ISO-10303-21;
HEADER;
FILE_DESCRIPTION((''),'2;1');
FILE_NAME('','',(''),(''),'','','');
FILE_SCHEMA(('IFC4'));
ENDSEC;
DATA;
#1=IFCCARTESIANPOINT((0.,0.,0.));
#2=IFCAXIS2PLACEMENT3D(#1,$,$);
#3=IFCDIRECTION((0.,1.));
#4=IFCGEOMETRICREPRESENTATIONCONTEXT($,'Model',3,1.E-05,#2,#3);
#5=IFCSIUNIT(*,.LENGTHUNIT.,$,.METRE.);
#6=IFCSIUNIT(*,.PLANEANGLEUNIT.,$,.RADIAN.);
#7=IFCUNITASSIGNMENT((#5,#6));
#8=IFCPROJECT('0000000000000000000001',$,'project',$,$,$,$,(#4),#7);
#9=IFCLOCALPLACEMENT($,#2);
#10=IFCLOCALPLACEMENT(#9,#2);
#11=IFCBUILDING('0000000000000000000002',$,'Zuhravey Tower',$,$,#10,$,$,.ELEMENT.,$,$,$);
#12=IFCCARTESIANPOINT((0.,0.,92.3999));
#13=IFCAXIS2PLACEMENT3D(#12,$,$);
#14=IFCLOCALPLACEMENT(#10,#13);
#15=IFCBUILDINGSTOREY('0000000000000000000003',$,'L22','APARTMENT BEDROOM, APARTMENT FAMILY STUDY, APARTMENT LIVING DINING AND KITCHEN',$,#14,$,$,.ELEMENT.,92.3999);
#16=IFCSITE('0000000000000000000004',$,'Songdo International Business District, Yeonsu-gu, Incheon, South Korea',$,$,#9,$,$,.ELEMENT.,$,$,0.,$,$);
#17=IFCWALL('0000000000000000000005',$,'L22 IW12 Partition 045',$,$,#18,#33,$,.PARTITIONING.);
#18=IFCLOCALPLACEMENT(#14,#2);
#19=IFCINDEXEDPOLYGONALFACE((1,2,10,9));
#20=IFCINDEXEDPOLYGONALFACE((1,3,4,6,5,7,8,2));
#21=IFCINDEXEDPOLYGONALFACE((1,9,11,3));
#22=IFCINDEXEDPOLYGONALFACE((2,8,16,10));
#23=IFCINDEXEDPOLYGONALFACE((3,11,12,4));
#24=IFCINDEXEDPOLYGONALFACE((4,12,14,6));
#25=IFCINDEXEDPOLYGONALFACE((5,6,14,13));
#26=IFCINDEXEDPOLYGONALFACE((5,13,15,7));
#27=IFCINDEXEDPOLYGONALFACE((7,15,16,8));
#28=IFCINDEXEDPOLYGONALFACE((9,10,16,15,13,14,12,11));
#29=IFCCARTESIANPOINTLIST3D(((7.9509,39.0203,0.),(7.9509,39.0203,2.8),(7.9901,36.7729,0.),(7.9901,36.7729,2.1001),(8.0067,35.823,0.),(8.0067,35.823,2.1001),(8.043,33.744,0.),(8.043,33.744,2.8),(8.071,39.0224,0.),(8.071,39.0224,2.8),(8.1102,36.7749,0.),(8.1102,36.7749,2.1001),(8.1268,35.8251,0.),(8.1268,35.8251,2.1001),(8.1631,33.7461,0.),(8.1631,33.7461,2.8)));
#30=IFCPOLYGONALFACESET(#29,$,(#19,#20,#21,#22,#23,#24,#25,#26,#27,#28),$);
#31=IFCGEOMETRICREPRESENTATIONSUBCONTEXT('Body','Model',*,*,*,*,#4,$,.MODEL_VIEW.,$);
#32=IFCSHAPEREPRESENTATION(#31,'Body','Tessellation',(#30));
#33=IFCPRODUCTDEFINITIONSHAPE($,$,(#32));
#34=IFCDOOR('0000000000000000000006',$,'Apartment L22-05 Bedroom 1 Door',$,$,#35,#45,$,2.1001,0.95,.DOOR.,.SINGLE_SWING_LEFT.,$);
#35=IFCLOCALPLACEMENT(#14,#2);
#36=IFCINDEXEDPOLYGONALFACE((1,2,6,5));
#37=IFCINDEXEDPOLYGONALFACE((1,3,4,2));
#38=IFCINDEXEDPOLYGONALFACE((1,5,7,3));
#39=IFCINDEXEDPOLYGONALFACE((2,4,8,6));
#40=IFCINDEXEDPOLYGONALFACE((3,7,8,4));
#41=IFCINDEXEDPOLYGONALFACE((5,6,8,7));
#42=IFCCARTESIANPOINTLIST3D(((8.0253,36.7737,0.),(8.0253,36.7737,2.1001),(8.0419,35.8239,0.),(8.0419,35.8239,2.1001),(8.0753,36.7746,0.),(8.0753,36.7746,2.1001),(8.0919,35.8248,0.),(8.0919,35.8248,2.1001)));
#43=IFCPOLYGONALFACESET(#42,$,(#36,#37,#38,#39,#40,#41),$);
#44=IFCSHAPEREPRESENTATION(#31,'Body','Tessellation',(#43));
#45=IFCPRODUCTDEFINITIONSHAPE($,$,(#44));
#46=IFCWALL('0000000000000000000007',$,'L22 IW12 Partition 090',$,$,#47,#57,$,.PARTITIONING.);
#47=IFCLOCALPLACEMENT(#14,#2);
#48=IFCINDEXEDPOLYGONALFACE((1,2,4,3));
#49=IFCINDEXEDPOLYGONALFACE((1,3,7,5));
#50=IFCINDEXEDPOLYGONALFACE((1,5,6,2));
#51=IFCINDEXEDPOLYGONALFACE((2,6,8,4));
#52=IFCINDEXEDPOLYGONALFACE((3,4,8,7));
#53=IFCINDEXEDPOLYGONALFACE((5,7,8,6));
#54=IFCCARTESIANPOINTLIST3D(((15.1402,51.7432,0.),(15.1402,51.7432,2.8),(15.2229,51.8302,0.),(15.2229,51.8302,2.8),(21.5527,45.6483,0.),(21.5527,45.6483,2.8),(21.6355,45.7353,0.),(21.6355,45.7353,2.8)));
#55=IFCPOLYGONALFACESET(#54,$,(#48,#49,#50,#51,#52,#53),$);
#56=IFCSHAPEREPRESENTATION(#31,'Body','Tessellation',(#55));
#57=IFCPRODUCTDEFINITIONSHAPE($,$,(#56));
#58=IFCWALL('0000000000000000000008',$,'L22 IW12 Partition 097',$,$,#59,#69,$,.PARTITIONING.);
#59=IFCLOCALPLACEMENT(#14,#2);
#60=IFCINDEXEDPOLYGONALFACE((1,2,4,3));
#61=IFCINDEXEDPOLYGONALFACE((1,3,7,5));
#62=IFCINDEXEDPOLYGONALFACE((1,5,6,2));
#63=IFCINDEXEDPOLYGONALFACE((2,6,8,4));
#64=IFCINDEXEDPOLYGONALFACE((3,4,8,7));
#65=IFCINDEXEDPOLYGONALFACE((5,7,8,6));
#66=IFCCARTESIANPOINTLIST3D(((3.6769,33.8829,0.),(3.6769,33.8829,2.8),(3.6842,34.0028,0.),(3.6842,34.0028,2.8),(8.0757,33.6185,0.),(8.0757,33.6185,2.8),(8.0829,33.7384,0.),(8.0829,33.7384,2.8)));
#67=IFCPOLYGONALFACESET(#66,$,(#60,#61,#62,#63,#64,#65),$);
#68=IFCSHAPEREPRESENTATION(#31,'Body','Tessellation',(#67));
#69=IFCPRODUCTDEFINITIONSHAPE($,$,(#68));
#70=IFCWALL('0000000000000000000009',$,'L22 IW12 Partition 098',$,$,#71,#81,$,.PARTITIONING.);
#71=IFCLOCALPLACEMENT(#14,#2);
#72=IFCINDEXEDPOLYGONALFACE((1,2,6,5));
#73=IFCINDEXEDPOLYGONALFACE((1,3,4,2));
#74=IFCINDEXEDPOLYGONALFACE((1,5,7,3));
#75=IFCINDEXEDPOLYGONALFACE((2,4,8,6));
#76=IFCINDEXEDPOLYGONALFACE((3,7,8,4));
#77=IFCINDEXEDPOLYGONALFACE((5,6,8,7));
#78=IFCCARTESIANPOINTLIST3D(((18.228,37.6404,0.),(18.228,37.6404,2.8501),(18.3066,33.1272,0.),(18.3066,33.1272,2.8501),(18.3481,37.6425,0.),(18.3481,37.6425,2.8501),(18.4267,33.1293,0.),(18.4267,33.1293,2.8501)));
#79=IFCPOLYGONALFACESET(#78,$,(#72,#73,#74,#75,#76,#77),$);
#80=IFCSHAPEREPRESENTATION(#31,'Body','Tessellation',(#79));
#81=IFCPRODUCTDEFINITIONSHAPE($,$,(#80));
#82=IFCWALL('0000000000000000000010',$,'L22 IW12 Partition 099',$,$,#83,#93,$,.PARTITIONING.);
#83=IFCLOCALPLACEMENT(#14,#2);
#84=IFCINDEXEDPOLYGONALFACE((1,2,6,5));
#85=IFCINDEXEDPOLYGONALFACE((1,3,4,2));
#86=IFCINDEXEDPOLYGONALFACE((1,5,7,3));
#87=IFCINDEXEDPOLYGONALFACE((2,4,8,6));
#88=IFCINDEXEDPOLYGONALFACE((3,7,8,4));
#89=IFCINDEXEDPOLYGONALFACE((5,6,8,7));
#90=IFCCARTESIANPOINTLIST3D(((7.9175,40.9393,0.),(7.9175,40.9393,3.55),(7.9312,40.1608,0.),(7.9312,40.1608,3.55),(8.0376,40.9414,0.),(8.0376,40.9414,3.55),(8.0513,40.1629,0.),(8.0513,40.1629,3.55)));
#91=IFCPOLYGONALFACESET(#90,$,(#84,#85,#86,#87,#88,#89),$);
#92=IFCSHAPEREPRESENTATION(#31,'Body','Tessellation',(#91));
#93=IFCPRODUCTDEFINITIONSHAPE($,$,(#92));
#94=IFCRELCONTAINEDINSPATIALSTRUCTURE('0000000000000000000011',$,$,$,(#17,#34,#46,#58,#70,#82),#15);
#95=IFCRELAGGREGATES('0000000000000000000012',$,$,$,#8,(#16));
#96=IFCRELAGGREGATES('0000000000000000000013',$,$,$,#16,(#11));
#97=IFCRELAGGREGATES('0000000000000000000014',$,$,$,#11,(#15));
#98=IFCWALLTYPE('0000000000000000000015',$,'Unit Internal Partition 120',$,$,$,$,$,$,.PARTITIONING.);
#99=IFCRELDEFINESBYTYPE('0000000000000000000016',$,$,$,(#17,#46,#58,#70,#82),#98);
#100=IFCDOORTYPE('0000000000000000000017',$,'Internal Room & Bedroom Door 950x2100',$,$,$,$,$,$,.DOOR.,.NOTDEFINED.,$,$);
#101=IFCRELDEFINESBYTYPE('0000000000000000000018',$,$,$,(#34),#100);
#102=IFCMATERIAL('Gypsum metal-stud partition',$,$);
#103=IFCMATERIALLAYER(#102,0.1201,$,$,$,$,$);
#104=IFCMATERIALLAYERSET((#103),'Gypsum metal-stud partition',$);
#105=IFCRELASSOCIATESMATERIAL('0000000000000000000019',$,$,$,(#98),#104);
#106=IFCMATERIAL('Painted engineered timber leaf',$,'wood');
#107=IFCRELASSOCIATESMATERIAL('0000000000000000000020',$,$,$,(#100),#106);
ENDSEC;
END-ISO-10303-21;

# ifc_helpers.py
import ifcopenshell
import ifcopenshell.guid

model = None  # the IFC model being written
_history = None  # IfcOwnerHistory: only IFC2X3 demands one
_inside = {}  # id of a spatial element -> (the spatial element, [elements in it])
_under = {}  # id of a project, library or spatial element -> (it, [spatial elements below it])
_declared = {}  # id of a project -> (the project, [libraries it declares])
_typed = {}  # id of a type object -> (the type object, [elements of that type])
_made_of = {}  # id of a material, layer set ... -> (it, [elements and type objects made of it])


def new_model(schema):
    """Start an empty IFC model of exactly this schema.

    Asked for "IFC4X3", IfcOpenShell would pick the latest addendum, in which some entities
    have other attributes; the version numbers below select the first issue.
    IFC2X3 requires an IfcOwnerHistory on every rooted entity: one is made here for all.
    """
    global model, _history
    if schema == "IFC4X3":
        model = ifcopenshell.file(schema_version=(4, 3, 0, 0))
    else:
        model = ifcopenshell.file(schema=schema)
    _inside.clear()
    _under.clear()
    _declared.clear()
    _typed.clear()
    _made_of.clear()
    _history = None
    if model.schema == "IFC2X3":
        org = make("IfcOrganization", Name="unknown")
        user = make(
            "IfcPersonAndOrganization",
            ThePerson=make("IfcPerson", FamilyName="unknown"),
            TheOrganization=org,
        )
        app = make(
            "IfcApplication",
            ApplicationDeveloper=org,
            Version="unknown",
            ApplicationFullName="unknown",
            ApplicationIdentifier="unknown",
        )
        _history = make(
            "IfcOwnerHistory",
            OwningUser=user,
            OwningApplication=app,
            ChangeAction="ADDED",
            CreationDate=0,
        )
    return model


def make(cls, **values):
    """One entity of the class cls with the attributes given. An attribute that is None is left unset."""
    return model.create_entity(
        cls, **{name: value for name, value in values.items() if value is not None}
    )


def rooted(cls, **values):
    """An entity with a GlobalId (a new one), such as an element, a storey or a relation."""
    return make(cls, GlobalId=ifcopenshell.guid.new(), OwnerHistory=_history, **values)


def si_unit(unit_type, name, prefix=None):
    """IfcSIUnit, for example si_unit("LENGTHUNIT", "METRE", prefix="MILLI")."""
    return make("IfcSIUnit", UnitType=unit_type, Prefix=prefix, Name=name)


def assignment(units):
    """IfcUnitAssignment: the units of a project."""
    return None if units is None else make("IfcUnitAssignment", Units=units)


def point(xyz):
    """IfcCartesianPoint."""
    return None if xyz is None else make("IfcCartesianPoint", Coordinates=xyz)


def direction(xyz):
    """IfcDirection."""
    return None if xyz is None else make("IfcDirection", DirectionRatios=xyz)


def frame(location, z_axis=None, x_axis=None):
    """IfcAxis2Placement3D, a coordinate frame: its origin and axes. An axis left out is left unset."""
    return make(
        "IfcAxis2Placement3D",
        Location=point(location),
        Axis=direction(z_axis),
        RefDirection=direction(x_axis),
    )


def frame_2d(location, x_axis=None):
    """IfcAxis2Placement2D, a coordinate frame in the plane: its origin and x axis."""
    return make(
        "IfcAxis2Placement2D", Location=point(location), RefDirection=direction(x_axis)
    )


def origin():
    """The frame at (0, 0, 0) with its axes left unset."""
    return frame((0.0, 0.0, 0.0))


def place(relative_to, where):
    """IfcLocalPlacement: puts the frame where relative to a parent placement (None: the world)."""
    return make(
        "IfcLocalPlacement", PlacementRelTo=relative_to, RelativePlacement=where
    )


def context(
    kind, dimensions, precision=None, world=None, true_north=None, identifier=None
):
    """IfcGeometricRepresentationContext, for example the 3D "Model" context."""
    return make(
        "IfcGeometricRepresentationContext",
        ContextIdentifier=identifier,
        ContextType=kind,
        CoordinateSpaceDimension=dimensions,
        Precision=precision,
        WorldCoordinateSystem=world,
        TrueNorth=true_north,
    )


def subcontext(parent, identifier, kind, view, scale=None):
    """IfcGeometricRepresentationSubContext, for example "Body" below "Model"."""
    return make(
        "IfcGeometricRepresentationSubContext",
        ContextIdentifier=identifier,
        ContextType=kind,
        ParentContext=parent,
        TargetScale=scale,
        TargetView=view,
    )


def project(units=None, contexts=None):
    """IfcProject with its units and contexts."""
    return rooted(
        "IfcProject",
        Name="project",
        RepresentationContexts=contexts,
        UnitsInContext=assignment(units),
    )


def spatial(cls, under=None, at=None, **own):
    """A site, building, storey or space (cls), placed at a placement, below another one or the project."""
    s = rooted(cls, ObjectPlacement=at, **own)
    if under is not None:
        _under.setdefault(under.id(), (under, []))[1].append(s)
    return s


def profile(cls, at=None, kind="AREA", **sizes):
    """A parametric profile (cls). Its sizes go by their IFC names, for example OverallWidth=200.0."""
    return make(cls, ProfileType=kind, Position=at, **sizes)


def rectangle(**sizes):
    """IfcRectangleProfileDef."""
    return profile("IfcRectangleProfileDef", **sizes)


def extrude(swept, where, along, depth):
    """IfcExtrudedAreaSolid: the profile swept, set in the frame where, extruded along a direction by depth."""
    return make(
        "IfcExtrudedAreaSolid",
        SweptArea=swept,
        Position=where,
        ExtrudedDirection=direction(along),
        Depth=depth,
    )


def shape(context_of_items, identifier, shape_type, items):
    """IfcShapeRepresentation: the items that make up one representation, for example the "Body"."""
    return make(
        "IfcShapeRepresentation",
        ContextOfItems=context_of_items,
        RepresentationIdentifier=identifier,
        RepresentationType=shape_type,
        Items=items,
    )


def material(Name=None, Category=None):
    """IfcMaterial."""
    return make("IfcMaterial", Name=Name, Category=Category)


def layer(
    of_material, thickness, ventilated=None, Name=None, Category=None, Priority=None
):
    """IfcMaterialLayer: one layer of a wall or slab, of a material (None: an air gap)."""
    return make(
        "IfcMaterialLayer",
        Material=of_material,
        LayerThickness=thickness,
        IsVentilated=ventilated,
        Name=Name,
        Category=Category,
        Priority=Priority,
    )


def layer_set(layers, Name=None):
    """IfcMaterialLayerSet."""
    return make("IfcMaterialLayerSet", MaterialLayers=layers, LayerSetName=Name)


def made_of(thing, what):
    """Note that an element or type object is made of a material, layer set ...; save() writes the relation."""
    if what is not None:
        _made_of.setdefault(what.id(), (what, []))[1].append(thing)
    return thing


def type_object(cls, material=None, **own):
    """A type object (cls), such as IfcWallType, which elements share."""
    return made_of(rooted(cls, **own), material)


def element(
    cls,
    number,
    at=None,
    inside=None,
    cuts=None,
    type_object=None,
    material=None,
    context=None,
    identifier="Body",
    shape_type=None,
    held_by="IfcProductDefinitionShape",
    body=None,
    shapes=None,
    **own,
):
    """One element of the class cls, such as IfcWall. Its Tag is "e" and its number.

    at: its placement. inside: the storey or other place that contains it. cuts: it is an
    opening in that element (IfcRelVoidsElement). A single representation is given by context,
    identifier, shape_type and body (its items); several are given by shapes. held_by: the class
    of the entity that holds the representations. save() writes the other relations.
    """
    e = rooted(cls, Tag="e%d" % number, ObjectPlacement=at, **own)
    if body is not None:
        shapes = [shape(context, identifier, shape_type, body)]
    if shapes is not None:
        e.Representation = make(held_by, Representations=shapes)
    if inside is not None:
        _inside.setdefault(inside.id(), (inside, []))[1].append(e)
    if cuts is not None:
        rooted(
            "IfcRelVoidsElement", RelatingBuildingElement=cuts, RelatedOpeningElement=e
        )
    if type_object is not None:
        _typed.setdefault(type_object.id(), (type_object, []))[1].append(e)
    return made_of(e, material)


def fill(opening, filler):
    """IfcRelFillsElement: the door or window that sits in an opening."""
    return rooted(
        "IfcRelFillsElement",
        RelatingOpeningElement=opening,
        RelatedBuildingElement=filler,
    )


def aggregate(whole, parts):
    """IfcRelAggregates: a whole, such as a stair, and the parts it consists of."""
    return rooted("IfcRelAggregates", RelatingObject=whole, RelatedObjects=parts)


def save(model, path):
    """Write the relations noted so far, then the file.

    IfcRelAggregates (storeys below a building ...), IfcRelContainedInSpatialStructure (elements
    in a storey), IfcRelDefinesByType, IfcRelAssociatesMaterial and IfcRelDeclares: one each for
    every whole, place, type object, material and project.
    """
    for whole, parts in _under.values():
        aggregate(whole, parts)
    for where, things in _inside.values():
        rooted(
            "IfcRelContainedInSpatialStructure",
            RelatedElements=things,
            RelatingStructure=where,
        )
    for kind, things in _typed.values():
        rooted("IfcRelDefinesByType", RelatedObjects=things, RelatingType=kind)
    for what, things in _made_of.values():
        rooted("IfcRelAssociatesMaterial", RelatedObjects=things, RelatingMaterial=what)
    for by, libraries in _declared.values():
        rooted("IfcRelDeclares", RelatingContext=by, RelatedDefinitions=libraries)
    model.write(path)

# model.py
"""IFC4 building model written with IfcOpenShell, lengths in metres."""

from ifc_helpers import new_model, si_unit, direction, frame, frame_2d, origin, place, context, subcontext, project, spatial, rectangle, extrude, material, layer, layer_set, type_object, element, fill, save


model = new_model("IFC4")

# Units and contexts
model_context = context("Model", 3, precision=1e-05, world=origin(), true_north=direction((0.0, 1.0)))
body_context = subcontext(model_context, "Body", "Model", "MODEL_VIEW")
ifc_project = project(units=[si_unit("LENGTHUNIT", "METRE"), si_unit("PLANEANGLEUNIT", "RADIAN")], contexts=[model_context])

# Site, building, storey
site_placement = place(None, origin())
site = spatial("IfcSite", under=ifc_project, at=site_placement, Name="Songdo International Business District, Yeonsu-gu, Incheon, South Korea", CompositionType="ELEMENT", RefElevation=0.0)
building_placement = place(site_placement, origin())
building = spatial("IfcBuilding", under=site, at=building_placement, Name="Zuhravey Tower", CompositionType="ELEMENT")
storey_placement = place(building_placement, frame((0.0, 0.0, 92.3999)))
storey = spatial("IfcBuildingStorey", under=building, at=storey_placement, Name="L22", Description="APARTMENT BEDROOM, APARTMENT FAMILY STUDY, APARTMENT LIVING DINING AND KITCHEN", CompositionType="ELEMENT", Elevation=92.3999)

# Shared definitions
ifc_material_1 = material(Name="Gypsum metal-stud partition")
ifc_layer_1 = layer(ifc_material_1, 0.1201)
ifc_layer_set_1 = layer_set([ifc_layer_1], Name="Gypsum metal-stud partition")
wall_type = type_object("IfcWallType", Name="Unit Internal Partition 120", PredefinedType="PARTITIONING", material=ifc_layer_set_1)
ifc_material_2 = material(Name="Painted engineered timber leaf", Category="wood")
door_type = type_object("IfcDoorType", Name="Internal Room & Bedroom Door 950x2100", OperationType="NOTDEFINED", PredefinedType="DOOR", material=ifc_material_2)

# Wall, opening, door
wall_1_placement = place(storey_placement, frame((8.011, 39.0215, 0.0), z_axis=(0.0, 0.0, 1.0), x_axis=(0.017441, -0.999848, 0.0)))
wall_1 = element("IfcWall", 1, at=wall_1_placement, inside=storey, type_object=wall_type, Name="L22 IW12 Partition 045", PredefinedType="PARTITIONING", context=body_context, shape_type="SweptSolid", body=[
    extrude(rectangle(XDim=5.2771, YDim=0.1201, at=frame_2d((2.6387, 0.0))), origin(), (0.0, 0.0, 1.0), 2.8),
])
opening_1_placement = place(wall_1_placement, frame((2.2478, 0.0, 0.0)))
opening_1 = element("IfcOpeningElement", 2, at=opening_1_placement, cuts=wall_1, PredefinedType="OPENING", context=body_context, shape_type="SweptSolid", body=[
    extrude(rectangle(XDim=0.95, YDim=2.1001, at=frame_2d((0.4751, 1.05))), frame((0.0, 0.072, 0.0), z_axis=(0.0, -1.0, 0.0), x_axis=(1.0, 0.0, 0.0)), (0.0, 0.0, 1.0), 0.144),
])
door_1_placement = place(opening_1_placement, frame((0.95, 0.0, 0.0), z_axis=(0.0, 0.0, 1.0), x_axis=(-1.0, 0.0, 0.0)))
door_1 = element("IfcDoor", 3, at=door_1_placement, inside=storey, type_object=door_type, Name="Apartment L22-05 Bedroom 1 Door", OperationType="SINGLE_SWING_LEFT", OverallHeight=2.1001, OverallWidth=0.95, PredefinedType="DOOR", context=body_context, shape_type="SweptSolid", body=[
    extrude(rectangle(XDim=0.95, YDim=2.1001, at=frame_2d((0.4751, 1.05))), frame((0.0, 0.0249, 0.0), z_axis=(0.0, -1.0, 0.0), x_axis=(1.0, 0.0, 0.0)), (0.0, 0.0, 1.0), 0.05),
])
fill(opening_1, door_1)

# Walls
wall_2_placement = place(storey_placement, frame((21.594, 45.6919, 0.0), z_axis=(0.0, 0.0, 1.0), x_axis=(-0.72483, 0.688928, 0.0)))
element("IfcWall", 4, at=wall_2_placement, inside=storey, type_object=wall_type, Name="L22 IW12 Partition 090", PredefinedType="PARTITIONING", context=body_context, shape_type="SweptSolid", body=[
    extrude(rectangle(XDim=8.8469, YDim=0.1201, at=frame_2d((4.4233, 0.0))), origin(), (0.0, 0.0, 1.0), 2.8),
])
wall_3_placement = place(storey_placement, frame((8.0793, 33.6785, 0.0), z_axis=(0.0, 0.0, 1.0), x_axis=(-0.998198, 0.060002, 0.0)))
element("IfcWall", 5, at=wall_3_placement, inside=storey, type_object=wall_type, Name="L22 IW12 Partition 097", PredefinedType="PARTITIONING", context=body_context, shape_type="SweptSolid", body=[
    extrude(rectangle(XDim=4.4067, YDim=0.1201, at=frame_2d((2.2034, 0.0))), origin(), (0.0, 0.0, 1.0), 2.8),
])
wall_4_placement = place(storey_placement, frame((18.2881, 37.6414, 0.0), z_axis=(0.0, 0.0, 1.0), x_axis=(0.017416, -0.999848, 0.0)))
element("IfcWall", 6, at=wall_4_placement, inside=storey, type_object=wall_type, Name="L22 IW12 Partition 098", PredefinedType="PARTITIONING", context=body_context, shape_type="SweptSolid", body=[
    extrude(rectangle(XDim=4.5139, YDim=0.1201, at=frame_2d((2.2568, 0.0))), origin(), (0.0, 0.0, 1.0), 2.8501),
])
wall_5_placement = place(storey_placement, frame((7.9775, 40.9402, 0.0), z_axis=(0.0, 0.0, 1.0), x_axis=(0.017558, -0.999846, 0.0)))
element("IfcWall", 7, at=wall_5_placement, inside=storey, type_object=wall_type, Name="L22 IW12 Partition 099", PredefinedType="PARTITIONING", context=body_context, shape_type="SweptSolid", body=[
    extrude(rectangle(XDim=0.7786, YDim=0.1201, at=frame_2d((0.3892, 0.0))), origin(), (0.0, 0.0, 1.0), 3.55),
])

save(model, "model.ifc")
